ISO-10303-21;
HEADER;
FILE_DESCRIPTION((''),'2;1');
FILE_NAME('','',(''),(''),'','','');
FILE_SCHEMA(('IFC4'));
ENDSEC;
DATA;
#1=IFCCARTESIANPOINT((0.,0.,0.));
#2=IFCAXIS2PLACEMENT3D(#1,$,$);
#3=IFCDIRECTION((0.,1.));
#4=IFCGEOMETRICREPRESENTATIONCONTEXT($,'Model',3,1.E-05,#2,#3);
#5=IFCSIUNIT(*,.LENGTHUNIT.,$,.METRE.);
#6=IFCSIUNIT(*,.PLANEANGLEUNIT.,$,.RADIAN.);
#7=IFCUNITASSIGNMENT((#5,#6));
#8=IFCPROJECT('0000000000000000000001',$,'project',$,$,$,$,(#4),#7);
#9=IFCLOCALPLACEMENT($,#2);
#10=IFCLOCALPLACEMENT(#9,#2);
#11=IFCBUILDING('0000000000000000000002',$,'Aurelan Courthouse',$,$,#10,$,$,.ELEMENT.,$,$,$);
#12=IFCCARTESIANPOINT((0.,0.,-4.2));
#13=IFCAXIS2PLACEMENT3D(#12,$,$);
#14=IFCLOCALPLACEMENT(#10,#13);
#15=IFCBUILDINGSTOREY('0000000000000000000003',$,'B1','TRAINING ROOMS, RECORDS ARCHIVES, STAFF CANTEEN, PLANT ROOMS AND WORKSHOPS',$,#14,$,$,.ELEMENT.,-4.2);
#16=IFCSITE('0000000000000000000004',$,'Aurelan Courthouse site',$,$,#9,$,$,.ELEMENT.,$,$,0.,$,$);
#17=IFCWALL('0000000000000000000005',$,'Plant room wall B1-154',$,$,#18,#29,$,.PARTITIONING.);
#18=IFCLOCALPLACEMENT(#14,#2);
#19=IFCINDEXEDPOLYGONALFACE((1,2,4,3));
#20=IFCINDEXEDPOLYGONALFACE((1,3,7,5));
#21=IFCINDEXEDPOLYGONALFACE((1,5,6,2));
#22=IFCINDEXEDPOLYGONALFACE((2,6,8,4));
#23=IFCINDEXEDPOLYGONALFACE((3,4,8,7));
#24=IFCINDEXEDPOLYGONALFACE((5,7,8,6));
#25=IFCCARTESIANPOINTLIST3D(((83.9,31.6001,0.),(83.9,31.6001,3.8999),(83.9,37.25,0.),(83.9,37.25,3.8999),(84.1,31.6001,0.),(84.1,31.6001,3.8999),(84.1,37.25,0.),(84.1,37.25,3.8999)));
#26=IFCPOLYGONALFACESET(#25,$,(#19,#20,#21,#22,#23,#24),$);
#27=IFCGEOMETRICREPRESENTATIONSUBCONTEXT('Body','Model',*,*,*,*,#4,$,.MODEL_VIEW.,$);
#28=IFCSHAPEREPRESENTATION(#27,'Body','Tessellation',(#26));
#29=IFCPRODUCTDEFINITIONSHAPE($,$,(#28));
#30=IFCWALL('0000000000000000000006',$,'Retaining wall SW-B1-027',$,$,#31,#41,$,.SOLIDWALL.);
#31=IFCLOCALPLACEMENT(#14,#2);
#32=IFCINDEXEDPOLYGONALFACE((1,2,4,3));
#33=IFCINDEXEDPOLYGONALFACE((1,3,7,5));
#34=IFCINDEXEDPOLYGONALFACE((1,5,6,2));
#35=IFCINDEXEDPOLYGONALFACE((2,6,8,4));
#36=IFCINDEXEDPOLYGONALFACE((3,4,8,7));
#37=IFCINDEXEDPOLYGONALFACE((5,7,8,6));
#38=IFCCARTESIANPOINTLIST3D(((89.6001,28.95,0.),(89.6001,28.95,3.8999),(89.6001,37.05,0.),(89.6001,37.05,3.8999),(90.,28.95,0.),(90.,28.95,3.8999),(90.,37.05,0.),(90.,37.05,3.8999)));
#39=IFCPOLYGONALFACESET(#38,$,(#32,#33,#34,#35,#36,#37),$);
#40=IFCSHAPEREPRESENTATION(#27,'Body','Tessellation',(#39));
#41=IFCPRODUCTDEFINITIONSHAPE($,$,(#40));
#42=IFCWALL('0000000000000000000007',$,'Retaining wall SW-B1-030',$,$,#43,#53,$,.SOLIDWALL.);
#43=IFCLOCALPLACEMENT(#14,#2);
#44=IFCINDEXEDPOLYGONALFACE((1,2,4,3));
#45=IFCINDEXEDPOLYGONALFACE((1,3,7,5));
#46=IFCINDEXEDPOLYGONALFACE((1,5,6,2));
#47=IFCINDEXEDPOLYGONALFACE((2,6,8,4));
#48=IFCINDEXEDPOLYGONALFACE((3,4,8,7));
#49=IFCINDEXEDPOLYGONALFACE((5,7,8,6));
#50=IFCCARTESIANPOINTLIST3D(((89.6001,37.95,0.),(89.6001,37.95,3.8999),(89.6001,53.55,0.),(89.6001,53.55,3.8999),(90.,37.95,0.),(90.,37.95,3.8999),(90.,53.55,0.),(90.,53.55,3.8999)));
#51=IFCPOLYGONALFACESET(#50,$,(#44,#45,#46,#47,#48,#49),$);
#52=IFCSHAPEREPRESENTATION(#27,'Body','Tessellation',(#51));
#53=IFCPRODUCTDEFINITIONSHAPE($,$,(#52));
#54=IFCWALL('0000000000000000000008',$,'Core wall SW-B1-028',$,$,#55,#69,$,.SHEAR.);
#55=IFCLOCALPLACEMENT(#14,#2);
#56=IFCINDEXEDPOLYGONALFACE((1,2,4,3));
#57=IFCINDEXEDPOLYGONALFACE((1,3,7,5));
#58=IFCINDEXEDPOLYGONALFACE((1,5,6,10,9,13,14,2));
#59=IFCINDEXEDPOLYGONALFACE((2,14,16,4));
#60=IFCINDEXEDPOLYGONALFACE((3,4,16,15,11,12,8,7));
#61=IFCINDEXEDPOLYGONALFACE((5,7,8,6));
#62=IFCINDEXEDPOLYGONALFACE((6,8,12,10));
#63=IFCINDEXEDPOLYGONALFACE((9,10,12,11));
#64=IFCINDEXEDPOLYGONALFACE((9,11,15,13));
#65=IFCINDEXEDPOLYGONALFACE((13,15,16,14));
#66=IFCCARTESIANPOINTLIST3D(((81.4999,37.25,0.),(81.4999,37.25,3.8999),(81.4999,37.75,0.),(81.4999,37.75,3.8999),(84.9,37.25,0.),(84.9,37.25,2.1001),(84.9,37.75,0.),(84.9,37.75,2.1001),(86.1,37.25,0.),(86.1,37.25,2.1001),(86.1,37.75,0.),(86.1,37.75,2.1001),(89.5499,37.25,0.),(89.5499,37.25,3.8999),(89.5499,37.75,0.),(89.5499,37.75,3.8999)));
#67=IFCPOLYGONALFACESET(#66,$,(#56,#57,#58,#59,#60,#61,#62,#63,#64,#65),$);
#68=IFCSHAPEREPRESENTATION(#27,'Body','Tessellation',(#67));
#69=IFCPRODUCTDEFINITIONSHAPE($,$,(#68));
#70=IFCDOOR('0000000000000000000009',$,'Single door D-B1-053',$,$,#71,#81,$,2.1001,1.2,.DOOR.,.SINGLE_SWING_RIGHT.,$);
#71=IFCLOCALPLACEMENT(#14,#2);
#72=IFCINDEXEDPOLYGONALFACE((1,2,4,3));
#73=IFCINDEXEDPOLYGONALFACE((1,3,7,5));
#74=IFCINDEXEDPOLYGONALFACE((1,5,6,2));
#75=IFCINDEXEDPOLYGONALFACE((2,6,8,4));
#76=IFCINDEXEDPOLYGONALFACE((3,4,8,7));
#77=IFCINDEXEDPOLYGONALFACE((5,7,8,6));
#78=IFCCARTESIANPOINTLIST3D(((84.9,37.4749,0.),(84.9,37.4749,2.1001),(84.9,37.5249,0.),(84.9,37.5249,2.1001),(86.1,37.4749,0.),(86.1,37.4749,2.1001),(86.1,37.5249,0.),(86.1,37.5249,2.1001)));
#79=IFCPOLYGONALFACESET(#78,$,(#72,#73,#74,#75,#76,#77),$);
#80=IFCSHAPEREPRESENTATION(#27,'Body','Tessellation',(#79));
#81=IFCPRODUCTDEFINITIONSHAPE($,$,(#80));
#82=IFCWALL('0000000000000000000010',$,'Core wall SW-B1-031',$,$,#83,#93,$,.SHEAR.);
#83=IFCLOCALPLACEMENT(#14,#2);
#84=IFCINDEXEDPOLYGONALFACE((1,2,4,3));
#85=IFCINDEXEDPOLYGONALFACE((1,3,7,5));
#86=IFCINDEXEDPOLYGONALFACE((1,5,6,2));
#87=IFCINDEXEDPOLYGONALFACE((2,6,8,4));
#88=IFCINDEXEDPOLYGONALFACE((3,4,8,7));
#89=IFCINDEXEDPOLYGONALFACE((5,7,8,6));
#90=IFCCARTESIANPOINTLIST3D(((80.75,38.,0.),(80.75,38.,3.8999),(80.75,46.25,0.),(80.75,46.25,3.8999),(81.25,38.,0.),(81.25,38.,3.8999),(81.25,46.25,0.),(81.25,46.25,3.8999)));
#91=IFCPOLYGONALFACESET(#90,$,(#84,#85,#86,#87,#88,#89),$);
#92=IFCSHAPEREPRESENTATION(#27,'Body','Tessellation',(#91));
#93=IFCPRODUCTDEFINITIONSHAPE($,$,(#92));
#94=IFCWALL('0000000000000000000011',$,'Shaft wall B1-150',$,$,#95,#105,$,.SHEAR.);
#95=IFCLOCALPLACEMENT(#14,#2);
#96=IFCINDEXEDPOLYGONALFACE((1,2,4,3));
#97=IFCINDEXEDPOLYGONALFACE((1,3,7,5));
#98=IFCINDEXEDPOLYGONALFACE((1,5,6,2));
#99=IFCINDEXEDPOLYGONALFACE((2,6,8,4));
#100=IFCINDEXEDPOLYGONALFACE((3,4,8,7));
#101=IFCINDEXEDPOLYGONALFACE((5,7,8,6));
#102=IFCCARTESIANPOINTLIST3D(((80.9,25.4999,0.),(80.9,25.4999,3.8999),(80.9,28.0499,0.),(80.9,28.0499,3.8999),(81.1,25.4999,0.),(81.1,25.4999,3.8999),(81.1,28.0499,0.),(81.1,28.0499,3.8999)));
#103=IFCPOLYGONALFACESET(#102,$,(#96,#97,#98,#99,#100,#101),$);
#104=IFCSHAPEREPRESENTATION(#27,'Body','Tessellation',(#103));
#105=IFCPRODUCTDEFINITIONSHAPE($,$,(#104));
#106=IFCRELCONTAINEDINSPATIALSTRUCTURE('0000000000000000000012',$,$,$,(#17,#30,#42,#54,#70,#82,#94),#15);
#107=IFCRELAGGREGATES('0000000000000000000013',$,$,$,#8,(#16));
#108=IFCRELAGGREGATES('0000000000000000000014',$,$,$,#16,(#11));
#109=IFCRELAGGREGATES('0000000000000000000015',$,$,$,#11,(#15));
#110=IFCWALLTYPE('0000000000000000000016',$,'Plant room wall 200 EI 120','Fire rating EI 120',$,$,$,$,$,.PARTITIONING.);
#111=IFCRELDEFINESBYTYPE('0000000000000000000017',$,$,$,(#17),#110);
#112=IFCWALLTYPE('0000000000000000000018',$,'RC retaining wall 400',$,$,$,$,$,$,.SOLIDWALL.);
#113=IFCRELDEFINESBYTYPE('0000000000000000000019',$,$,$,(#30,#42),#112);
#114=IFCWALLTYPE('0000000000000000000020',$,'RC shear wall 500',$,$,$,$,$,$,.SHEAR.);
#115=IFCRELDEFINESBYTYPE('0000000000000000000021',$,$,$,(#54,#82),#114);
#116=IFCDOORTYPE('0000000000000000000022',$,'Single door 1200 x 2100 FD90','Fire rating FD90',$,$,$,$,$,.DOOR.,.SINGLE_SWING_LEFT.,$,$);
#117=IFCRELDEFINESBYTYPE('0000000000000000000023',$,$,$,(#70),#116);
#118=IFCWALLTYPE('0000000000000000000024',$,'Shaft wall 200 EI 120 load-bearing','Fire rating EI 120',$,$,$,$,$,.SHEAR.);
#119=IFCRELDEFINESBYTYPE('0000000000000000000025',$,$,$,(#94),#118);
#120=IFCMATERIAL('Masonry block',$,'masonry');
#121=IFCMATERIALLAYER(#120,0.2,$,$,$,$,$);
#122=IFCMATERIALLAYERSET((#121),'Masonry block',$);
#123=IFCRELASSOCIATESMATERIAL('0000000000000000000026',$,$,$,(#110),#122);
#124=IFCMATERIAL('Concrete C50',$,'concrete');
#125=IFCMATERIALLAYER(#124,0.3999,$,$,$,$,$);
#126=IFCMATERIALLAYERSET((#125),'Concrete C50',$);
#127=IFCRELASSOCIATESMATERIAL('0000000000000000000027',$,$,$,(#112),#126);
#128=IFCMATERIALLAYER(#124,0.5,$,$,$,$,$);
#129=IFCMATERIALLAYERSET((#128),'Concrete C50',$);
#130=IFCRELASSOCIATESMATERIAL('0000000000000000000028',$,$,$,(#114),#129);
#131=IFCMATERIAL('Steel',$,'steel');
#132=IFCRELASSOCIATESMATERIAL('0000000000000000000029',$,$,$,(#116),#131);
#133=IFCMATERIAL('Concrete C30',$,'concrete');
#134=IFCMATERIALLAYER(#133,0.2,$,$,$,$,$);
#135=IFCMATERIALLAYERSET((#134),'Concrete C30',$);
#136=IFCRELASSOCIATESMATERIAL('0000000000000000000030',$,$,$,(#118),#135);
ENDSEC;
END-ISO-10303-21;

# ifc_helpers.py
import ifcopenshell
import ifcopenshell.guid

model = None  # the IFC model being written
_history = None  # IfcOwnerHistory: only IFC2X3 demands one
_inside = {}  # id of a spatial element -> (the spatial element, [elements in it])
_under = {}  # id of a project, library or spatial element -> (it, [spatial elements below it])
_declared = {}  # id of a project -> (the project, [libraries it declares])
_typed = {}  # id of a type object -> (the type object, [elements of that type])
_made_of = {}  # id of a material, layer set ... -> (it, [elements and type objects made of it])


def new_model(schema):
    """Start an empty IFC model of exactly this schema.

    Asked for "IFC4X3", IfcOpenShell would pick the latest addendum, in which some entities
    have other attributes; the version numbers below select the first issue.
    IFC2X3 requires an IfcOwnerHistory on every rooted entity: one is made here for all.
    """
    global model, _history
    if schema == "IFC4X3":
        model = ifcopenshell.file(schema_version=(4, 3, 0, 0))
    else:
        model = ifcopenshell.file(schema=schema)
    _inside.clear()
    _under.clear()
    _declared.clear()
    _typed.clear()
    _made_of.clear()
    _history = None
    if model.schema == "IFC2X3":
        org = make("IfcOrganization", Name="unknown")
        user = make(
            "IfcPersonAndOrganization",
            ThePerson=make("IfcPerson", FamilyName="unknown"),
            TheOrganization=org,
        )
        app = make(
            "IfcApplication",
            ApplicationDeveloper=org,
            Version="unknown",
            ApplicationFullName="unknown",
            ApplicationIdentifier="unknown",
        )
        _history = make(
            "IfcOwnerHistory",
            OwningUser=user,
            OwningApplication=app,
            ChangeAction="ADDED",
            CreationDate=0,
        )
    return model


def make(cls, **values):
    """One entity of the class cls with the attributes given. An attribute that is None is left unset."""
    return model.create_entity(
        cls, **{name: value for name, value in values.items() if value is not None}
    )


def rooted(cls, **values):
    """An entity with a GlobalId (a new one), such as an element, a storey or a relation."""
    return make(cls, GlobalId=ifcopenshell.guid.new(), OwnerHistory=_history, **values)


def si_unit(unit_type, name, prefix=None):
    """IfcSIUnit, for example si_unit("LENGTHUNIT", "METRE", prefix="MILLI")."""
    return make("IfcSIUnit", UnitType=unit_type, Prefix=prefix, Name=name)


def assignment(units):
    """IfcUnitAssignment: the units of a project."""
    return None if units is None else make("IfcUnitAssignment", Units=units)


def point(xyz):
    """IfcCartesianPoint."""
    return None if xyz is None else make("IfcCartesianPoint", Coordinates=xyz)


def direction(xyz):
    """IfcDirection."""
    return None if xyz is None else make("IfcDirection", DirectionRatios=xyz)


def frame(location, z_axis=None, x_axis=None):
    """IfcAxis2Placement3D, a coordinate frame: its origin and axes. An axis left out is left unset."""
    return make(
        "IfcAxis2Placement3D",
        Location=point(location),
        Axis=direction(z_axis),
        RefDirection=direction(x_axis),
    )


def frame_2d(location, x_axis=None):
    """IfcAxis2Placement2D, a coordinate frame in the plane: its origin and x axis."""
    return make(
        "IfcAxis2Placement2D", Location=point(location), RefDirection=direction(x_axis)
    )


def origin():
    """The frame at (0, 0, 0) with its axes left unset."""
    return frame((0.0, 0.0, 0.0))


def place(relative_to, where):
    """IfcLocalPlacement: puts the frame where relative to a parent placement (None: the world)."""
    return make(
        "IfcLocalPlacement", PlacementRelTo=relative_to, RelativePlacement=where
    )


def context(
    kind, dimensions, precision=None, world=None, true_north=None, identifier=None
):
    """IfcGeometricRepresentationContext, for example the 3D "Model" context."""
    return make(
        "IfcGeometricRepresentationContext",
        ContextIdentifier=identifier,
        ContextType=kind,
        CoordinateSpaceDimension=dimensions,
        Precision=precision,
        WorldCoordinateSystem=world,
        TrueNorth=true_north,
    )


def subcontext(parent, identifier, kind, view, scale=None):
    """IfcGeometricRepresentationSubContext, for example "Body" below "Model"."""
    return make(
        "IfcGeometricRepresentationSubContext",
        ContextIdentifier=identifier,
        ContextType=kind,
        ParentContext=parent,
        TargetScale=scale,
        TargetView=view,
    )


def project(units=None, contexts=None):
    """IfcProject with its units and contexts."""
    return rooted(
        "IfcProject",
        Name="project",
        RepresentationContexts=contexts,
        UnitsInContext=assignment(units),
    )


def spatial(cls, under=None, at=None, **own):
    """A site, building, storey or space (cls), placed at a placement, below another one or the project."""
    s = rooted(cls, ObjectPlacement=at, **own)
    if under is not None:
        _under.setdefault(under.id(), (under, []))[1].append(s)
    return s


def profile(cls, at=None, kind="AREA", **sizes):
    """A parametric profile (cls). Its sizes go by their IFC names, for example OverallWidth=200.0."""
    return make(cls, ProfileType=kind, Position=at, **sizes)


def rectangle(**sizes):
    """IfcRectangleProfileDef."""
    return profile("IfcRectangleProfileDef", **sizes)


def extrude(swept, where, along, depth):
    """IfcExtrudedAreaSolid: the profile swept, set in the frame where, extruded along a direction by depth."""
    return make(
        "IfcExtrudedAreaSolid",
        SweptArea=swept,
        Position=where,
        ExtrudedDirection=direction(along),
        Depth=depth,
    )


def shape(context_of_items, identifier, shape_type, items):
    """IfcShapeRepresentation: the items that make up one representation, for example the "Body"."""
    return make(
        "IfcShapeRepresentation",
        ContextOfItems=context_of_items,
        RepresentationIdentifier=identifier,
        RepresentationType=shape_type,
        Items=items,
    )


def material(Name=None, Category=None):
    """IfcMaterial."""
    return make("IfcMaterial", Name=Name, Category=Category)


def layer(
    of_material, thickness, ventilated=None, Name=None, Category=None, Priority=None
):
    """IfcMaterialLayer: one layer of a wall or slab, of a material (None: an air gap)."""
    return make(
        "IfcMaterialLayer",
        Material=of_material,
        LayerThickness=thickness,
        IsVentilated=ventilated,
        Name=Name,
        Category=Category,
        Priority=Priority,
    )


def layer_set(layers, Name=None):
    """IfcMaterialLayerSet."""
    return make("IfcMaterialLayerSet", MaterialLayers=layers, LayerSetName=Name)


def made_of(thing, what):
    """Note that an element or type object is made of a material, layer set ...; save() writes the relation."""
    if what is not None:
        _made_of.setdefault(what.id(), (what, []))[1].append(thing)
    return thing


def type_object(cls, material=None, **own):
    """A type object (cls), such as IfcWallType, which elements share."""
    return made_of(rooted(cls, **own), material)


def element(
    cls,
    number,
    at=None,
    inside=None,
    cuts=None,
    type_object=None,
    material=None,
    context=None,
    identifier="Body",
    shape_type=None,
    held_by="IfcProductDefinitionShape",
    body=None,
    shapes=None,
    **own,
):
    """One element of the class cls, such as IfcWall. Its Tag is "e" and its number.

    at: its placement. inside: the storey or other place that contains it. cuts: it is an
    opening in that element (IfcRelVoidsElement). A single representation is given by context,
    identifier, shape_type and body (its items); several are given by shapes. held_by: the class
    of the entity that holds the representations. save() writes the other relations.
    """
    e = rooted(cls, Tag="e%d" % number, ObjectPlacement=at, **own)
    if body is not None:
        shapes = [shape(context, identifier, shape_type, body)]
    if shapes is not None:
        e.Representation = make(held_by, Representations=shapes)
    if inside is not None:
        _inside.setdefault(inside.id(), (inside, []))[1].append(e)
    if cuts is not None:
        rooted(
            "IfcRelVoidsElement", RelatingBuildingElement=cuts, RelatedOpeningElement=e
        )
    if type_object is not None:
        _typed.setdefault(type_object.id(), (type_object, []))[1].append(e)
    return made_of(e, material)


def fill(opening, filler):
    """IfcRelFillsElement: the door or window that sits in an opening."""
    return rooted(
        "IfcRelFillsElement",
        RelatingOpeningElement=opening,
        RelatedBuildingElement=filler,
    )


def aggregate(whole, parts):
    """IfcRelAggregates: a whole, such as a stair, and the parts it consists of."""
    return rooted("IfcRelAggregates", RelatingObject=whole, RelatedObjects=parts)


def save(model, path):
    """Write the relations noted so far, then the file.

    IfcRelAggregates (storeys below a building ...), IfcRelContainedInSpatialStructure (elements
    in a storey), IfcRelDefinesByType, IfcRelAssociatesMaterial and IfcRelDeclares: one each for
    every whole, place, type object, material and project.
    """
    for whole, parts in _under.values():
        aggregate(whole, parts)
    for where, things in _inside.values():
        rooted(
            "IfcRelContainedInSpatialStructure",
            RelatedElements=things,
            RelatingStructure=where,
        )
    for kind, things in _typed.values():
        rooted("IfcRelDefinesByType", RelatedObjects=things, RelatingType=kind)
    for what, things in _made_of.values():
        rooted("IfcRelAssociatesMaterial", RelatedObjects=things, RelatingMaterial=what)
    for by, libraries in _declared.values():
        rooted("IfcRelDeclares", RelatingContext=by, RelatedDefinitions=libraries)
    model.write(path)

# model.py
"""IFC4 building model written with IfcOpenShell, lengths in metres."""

from ifc_helpers import new_model, si_unit, direction, frame, frame_2d, origin, place, context, subcontext, project, spatial, rectangle, extrude, material, layer, layer_set, type_object, element, fill, save


model = new_model("IFC4")

# Units and contexts
model_context = context("Model", 3, precision=1e-05, world=origin(), true_north=direction((0.0, 1.0)))
body_context = subcontext(model_context, "Body", "Model", "MODEL_VIEW")
ifc_project = project(units=[si_unit("LENGTHUNIT", "METRE"), si_unit("PLANEANGLEUNIT", "RADIAN")], contexts=[model_context])

# Site, building, storey
site_placement = place(None, origin())
site = spatial("IfcSite", under=ifc_project, at=site_placement, Name="Aurelan Courthouse site", CompositionType="ELEMENT", RefElevation=0.0)
building_placement = place(site_placement, origin())
building = spatial("IfcBuilding", under=site, at=building_placement, Name="Aurelan Courthouse", CompositionType="ELEMENT")
storey_placement = place(building_placement, frame((0.0, 0.0, -4.2)))
storey = spatial("IfcBuildingStorey", under=building, at=storey_placement, Name="B1", Description="TRAINING ROOMS, RECORDS ARCHIVES, STAFF CANTEEN, PLANT ROOMS AND WORKSHOPS", CompositionType="ELEMENT", Elevation=-4.2)

# Shared definitions
ifc_material_1 = material(Name="Concrete C50", Category="concrete")

# Shared definitions
ifc_material_2 = material(Name="Steel", Category="steel")

# Shared definitions
ifc_material_3 = material(Name="Masonry block", Category="masonry")
ifc_layer_1 = layer(ifc_material_3, 0.2)
ifc_layer_set_1 = layer_set([ifc_layer_1], Name="Masonry block")
wall_type_1 = type_object("IfcWallType", Name="Plant room wall 200 EI 120", Description="Fire rating EI 120", PredefinedType="PARTITIONING", material=ifc_layer_set_1)

# Walls
wall_1_placement = place(storey_placement, frame((84.0, 31.6001, 0.0), z_axis=(0.0, 0.0, 1.0), x_axis=(0.0, 1.0, 0.0)))
element("IfcWall", 1, at=wall_1_placement, inside=storey, type_object=wall_type_1, Name="Plant room wall B1-154", PredefinedType="PARTITIONING", context=body_context, shape_type="SweptSolid", body=[
    extrude(rectangle(XDim=5.6499, YDim=0.2, at=frame_2d((2.825, 0.0))), origin(), (0.0, 0.0, 1.0), 3.8999),
])
ifc_layer_2 = layer(ifc_material_1, 0.3999)
ifc_layer_set_2 = layer_set([ifc_layer_2], Name="Concrete C50")
wall_type_2 = type_object("IfcWallType", Name="RC retaining wall 400", PredefinedType="SOLIDWALL", material=ifc_layer_set_2)
wall_2_placement = place(storey_placement, frame((89.8, 28.95, 0.0), z_axis=(0.0, 0.0, 1.0), x_axis=(0.0, 1.0, 0.0)))
element("IfcWall", 2, at=wall_2_placement, inside=storey, type_object=wall_type_2, Name="Retaining wall SW-B1-027", PredefinedType="SOLIDWALL", context=body_context, shape_type="SweptSolid", body=[
    extrude(rectangle(XDim=8.1001, YDim=0.3999, at=frame_2d((4.05, 0.0))), origin(), (0.0, 0.0, 1.0), 3.8999),
])
wall_3_placement = place(storey_placement, frame((89.8, 37.95, 0.0), z_axis=(0.0, 0.0, 1.0), x_axis=(0.0, 1.0, 0.0)))
element("IfcWall", 3, at=wall_3_placement, inside=storey, type_object=wall_type_2, Name="Retaining wall SW-B1-030", PredefinedType="SOLIDWALL", context=body_context, shape_type="SweptSolid", body=[
    extrude(rectangle(XDim=15.6001, YDim=0.3999, at=frame_2d((7.8, 0.0))), origin(), (0.0, 0.0, 1.0), 3.8999),
])

# Wall, opening, door
ifc_layer_3 = layer(ifc_material_1, 0.5)
ifc_layer_set_3 = layer_set([ifc_layer_3], Name="Concrete C50")
wall_type_3 = type_object("IfcWallType", Name="RC shear wall 500", PredefinedType="SHEAR", material=ifc_layer_set_3)
wall_4_placement = place(storey_placement, frame((81.5, 37.5, 0.0), z_axis=(0.0, 0.0, 1.0), x_axis=(1.0, 0.0, 0.0)))
wall_4 = element("IfcWall", 4, at=wall_4_placement, inside=storey, type_object=wall_type_3, Name="Core wall SW-B1-028", PredefinedType="SHEAR", context=body_context, shape_type="SweptSolid", body=[
    extrude(rectangle(XDim=8.05, YDim=0.5, at=frame_2d((4.0249, 0.0))), origin(), (0.0, 0.0, 1.0), 3.8999),
])
opening_1_placement = place(wall_4_placement, frame((3.3999, 0.0, 0.0)))
opening_1 = element("IfcOpeningElement", 5, at=opening_1_placement, cuts=wall_4, PredefinedType="OPENING", context=body_context, shape_type="SweptSolid", body=[
    extrude(rectangle(XDim=1.2, YDim=2.1001, at=frame_2d((0.6001, 1.05))), frame((0.0, 0.26, 0.0), z_axis=(0.0, -1.0, 0.0), x_axis=(1.0, 0.0, 0.0)), (0.0, 0.0, 1.0), 0.52),
])
door_type_1 = type_object("IfcDoorType", Name="Single door 1200 x 2100 FD90", Description="Fire rating FD90", OperationType="SINGLE_SWING_LEFT", PredefinedType="DOOR", material=ifc_material_2)
door_1_placement = place(opening_1_placement, origin())
door_1 = element("IfcDoor", 6, at=door_1_placement, inside=storey, type_object=door_type_1, Name="Single door D-B1-053", OperationType="SINGLE_SWING_RIGHT", OverallHeight=2.1001, OverallWidth=1.2, PredefinedType="DOOR", context=body_context, shape_type="SweptSolid", body=[
    extrude(rectangle(XDim=1.2, YDim=2.1001, at=frame_2d((0.6001, 1.05))), frame((0.0, 0.0249, 0.0), z_axis=(0.0, -1.0, 0.0), x_axis=(1.0, 0.0, 0.0)), (0.0, 0.0, 1.0), 0.05),
])
fill(opening_1, door_1)

# Walls
wall_5_placement = place(storey_placement, frame((81.0, 38.0, 0.0), z_axis=(0.0, 0.0, 1.0), x_axis=(0.0, 1.0, 0.0)))
element("IfcWall", 7, at=wall_5_placement, inside=storey, type_object=wall_type_3, Name="Core wall SW-B1-031", PredefinedType="SHEAR", context=body_context, shape_type="SweptSolid", body=[
    extrude(rectangle(XDim=8.25, YDim=0.5, at=frame_2d((4.125, 0.0))), origin(), (0.0, 0.0, 1.0), 3.8999),
])
ifc_material_4 = material(Name="Concrete C30", Category="concrete")
ifc_layer_4 = layer(ifc_material_4, 0.2)
ifc_layer_set_4 = layer_set([ifc_layer_4], Name="Concrete C30")
wall_type_4 = type_object("IfcWallType", Name="Shaft wall 200 EI 120 load-bearing", Description="Fire rating EI 120", PredefinedType="SHEAR", material=ifc_layer_set_4)
wall_6_placement = place(storey_placement, frame((81.0, 25.5, 0.0), z_axis=(0.0, 0.0, 1.0), x_axis=(0.0, 1.0, 0.0)))
element("IfcWall", 8, at=wall_6_placement, inside=storey, type_object=wall_type_4, Name="Shaft wall B1-150", PredefinedType="SHEAR", context=body_context, shape_type="SweptSolid", body=[
    extrude(rectangle(XDim=2.55, YDim=0.2, at=frame_2d((1.2749, 0.0))), origin(), (0.0, 0.0, 1.0), 3.8999),
])

save(model, "model.ifc")
